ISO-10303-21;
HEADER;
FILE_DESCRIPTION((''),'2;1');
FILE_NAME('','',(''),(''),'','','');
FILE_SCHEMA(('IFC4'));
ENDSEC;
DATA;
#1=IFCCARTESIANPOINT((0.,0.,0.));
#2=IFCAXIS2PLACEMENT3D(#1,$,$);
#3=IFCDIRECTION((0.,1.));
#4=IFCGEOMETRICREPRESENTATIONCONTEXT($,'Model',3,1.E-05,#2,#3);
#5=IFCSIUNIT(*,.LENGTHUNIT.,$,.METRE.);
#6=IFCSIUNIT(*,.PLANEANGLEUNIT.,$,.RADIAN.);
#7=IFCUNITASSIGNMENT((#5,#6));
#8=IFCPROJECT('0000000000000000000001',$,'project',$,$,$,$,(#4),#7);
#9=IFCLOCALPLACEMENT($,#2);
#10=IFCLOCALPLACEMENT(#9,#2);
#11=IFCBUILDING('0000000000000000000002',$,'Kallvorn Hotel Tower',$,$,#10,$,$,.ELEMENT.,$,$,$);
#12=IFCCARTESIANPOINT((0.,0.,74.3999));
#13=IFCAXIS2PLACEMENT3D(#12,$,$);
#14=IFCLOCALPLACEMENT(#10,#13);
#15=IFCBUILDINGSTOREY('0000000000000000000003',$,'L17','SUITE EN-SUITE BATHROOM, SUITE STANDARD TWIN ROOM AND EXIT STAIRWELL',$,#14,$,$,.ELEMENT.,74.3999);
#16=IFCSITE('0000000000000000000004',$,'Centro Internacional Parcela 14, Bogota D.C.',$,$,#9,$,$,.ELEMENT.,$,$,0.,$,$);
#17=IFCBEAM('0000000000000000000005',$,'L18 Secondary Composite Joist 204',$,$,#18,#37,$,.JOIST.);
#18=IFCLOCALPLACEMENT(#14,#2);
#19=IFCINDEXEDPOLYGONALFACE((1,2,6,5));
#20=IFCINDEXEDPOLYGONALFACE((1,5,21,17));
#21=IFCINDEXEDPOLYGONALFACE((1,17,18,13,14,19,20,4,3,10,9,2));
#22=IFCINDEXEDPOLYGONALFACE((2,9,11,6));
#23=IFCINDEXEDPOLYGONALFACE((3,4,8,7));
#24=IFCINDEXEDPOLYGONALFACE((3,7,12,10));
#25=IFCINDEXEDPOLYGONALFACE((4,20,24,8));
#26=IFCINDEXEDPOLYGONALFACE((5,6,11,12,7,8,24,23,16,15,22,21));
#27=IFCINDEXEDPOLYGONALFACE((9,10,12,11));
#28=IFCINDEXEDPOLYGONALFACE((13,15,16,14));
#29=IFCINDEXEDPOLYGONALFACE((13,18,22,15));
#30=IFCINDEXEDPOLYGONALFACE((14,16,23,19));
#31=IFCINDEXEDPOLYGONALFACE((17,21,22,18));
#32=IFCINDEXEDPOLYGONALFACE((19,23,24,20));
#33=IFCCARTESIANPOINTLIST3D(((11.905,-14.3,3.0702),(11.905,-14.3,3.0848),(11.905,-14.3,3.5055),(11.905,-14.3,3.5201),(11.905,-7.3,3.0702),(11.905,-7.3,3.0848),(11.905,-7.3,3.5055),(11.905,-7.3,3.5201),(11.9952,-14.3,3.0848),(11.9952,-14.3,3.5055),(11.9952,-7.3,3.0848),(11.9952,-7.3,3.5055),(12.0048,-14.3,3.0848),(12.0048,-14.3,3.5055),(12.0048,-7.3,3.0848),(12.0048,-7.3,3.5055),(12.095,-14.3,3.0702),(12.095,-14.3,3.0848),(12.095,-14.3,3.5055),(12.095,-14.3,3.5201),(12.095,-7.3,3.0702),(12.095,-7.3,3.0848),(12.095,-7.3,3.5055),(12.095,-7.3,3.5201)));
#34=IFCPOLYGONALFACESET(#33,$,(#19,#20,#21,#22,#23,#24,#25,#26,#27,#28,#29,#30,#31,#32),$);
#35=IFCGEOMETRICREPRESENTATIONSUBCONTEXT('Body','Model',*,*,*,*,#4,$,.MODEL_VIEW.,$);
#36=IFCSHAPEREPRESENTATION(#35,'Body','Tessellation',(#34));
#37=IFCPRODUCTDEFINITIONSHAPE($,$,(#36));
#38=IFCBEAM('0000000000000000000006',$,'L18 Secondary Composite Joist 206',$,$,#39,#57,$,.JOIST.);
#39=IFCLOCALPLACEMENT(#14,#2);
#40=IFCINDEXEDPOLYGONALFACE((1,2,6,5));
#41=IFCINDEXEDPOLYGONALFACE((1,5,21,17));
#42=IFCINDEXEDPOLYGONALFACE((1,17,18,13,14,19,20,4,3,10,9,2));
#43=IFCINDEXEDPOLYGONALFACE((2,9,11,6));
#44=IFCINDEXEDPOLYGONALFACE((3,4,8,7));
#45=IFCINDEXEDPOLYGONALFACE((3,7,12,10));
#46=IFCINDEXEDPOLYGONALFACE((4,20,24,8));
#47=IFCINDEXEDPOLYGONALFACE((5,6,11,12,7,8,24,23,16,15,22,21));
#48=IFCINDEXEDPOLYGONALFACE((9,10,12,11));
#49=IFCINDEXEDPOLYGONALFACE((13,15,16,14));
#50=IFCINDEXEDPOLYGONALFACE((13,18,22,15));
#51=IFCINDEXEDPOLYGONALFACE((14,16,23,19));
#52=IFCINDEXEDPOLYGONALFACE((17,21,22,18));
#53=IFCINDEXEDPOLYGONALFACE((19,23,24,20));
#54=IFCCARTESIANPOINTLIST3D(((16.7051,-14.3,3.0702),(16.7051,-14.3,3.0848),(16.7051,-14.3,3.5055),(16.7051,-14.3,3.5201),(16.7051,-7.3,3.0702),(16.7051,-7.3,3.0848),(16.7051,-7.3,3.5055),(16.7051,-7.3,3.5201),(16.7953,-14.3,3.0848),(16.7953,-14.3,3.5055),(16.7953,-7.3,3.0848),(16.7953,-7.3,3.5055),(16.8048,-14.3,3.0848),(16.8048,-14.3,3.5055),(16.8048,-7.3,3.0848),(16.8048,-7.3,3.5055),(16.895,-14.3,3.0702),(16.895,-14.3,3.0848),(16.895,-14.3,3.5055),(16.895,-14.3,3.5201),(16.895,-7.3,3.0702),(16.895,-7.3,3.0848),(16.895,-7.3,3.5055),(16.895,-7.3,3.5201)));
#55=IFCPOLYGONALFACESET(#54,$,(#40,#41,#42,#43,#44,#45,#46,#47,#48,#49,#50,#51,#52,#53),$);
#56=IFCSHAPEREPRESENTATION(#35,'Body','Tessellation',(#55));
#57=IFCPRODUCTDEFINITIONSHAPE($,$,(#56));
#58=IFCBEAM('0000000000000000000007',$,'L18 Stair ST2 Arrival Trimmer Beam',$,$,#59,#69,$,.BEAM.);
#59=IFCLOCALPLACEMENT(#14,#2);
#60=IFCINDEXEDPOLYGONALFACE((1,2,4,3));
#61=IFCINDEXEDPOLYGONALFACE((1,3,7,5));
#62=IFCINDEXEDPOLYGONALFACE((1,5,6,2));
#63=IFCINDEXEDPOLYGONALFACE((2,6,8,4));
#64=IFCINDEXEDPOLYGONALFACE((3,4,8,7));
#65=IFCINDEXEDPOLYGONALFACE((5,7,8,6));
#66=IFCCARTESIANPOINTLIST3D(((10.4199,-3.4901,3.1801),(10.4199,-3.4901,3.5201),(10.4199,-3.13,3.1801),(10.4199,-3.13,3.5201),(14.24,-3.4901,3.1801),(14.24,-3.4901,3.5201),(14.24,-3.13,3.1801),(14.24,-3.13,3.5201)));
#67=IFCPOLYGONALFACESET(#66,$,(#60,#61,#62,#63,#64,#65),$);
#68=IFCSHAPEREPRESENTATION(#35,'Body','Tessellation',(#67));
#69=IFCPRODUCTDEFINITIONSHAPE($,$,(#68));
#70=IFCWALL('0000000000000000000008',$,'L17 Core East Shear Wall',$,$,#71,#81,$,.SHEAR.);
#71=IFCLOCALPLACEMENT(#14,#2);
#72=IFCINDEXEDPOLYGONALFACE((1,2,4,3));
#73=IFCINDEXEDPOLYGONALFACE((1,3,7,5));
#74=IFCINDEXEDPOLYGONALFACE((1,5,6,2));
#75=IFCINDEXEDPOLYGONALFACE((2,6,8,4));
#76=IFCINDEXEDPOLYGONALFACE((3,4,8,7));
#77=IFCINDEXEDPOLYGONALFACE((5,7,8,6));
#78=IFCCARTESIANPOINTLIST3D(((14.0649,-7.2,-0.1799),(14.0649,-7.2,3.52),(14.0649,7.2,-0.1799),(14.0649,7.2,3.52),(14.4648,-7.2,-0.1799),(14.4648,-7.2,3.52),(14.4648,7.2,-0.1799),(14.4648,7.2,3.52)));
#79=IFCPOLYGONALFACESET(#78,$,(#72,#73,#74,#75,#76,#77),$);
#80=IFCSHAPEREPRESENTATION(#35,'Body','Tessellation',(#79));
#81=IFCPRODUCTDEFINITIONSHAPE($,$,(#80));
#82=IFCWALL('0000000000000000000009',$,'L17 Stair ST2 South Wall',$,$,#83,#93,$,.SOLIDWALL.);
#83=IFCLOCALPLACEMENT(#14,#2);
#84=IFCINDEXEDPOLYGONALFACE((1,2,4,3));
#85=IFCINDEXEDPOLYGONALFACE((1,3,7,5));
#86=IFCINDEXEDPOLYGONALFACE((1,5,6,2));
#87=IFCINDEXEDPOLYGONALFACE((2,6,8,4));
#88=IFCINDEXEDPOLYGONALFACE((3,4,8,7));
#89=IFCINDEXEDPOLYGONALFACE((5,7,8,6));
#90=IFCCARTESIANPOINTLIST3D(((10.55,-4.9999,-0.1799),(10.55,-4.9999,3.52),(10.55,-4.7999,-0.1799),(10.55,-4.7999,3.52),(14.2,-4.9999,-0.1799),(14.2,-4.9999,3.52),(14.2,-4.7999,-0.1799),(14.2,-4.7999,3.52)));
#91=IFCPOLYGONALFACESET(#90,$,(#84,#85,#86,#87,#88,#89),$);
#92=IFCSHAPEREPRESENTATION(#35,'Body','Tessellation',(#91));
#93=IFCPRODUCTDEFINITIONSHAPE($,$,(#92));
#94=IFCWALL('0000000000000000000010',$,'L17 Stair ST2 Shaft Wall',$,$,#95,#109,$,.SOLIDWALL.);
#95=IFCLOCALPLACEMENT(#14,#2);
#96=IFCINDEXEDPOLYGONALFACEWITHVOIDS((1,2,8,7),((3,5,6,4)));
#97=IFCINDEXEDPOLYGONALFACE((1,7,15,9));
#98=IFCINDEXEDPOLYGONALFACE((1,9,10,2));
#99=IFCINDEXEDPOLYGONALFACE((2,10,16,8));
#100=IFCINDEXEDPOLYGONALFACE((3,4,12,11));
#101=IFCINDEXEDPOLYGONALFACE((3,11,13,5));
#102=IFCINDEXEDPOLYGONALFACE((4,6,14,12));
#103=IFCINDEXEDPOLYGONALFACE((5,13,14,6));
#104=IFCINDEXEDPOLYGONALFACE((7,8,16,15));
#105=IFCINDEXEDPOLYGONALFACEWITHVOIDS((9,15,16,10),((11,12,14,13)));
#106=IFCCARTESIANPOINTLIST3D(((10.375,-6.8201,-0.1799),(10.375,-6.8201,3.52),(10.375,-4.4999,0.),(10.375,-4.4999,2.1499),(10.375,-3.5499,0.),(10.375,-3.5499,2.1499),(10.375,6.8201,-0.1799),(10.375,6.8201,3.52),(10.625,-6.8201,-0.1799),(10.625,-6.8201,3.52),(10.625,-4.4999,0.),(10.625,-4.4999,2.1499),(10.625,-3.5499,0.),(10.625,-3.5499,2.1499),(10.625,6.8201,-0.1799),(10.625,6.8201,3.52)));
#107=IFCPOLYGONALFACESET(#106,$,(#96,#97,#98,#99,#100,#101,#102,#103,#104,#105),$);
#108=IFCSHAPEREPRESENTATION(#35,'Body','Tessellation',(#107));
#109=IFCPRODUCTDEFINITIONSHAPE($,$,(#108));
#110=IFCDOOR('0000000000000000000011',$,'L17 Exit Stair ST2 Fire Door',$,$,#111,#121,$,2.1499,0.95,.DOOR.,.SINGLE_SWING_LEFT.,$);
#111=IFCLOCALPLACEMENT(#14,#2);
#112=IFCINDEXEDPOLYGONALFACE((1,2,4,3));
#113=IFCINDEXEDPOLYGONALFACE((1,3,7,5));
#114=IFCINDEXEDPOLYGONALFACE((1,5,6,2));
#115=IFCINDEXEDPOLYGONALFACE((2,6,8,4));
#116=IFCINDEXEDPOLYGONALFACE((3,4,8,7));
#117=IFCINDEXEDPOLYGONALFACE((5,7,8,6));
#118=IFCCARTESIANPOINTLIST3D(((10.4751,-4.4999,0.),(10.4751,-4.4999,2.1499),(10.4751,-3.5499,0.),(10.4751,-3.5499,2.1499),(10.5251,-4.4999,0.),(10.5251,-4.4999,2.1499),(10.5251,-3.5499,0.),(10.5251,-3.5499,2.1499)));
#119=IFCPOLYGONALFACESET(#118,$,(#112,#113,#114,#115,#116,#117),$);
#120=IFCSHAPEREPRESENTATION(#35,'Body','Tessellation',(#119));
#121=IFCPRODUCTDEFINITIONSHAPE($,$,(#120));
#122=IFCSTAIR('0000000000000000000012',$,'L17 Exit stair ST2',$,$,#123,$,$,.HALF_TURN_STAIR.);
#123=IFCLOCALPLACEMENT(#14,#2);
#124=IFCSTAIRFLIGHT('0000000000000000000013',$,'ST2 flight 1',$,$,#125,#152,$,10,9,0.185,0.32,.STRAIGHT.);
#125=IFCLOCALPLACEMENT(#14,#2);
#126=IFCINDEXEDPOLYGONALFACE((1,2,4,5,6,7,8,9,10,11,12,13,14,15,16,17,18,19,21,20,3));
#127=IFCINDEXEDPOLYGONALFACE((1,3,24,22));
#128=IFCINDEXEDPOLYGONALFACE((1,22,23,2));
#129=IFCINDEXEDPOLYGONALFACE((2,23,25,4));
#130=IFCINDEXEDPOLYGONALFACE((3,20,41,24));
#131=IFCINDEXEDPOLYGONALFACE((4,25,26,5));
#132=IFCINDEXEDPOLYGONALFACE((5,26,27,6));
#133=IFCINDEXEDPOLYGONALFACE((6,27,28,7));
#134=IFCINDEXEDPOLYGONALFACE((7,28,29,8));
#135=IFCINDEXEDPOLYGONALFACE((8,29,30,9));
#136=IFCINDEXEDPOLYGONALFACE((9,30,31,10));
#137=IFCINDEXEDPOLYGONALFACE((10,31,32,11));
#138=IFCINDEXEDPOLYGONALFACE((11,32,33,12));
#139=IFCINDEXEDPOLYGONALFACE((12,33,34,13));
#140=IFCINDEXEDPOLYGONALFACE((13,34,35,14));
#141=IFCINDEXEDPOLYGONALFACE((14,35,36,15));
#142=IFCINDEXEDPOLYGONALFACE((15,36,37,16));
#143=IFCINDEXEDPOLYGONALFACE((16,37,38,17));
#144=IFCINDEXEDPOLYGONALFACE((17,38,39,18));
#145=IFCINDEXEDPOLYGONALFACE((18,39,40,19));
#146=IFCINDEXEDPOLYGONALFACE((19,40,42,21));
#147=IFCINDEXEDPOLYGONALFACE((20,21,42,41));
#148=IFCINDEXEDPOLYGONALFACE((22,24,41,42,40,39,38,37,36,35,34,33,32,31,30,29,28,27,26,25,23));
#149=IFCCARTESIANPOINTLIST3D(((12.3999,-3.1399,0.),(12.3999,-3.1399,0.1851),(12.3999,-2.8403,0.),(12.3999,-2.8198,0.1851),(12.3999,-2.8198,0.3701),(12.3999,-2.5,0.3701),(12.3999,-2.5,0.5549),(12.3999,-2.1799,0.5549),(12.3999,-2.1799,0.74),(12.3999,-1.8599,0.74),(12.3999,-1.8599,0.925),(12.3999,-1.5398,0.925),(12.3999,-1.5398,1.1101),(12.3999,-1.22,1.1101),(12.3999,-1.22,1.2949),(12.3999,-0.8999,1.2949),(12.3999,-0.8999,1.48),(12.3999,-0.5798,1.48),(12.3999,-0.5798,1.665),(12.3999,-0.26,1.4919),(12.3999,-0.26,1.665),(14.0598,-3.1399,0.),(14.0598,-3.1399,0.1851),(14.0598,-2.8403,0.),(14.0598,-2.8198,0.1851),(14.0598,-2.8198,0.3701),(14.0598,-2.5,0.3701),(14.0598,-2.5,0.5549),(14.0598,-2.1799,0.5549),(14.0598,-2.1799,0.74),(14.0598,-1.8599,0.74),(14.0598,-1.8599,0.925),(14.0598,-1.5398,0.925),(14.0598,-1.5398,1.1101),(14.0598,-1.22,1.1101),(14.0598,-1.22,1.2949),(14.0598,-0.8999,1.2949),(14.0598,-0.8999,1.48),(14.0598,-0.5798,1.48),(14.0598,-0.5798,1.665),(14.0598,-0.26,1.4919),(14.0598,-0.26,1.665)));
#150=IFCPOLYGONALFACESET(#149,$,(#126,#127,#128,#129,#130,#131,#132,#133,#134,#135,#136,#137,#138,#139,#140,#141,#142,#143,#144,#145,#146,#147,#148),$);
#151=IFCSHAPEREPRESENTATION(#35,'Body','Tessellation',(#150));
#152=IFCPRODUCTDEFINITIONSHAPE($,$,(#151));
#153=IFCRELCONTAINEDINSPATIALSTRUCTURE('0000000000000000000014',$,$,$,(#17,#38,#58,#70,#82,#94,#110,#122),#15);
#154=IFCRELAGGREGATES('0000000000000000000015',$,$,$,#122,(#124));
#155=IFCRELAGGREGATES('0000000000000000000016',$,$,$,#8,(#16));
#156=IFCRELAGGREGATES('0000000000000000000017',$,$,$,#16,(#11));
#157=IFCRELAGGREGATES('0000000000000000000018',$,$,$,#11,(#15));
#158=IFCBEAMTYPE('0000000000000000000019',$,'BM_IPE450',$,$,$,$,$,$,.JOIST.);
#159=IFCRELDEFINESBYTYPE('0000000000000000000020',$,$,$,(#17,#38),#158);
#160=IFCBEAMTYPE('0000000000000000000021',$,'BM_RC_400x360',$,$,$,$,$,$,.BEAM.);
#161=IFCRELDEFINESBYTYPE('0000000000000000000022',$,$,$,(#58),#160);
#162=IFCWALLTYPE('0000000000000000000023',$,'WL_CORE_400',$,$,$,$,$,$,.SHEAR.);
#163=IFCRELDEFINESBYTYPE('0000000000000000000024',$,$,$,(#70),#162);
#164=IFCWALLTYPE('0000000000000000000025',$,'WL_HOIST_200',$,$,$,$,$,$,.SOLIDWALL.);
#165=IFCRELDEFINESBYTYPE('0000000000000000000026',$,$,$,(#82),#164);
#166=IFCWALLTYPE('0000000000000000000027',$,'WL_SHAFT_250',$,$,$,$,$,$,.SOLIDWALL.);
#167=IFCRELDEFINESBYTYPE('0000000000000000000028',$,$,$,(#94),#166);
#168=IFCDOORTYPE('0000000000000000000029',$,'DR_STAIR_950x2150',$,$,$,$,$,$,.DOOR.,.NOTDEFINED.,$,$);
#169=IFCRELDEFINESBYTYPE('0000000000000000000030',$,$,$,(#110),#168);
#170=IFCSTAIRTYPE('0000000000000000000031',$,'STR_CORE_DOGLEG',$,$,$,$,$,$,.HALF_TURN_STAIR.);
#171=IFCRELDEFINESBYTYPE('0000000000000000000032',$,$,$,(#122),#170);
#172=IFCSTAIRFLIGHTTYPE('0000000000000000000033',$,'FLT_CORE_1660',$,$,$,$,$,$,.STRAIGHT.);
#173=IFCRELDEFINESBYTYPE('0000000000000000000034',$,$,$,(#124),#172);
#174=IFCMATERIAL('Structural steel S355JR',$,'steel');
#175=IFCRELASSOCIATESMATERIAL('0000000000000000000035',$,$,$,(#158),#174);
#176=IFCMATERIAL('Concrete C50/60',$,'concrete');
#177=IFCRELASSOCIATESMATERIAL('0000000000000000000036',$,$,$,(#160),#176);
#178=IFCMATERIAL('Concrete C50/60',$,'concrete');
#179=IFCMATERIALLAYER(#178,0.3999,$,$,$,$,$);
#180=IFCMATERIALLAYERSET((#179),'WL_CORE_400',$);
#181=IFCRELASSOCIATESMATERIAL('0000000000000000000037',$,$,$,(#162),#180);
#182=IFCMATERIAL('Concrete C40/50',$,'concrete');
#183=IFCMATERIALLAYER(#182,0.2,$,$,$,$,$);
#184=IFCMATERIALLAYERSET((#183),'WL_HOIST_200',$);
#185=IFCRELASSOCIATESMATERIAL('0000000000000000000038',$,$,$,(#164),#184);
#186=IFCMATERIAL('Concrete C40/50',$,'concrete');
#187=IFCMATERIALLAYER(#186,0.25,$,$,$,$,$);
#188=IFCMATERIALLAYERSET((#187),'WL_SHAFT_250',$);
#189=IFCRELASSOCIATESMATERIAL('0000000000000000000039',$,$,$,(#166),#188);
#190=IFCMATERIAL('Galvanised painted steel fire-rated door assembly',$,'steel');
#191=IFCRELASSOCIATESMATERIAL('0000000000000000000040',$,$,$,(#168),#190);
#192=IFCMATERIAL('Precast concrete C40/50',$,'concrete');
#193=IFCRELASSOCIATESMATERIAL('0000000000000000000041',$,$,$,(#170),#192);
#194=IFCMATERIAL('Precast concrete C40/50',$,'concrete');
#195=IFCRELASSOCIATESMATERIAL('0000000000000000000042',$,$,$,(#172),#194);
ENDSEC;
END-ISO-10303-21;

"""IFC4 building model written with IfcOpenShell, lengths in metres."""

from ifc_helpers import new_model, si_unit, direction, frame, frame_2d, origin, origin_2d, place, context, subcontext, project, spatial, polyline, rectangle, i_section, outline, extrude, material, layer, layer_set, material_profile, profile_set, type_object, element, fill, aggregate, save


model = new_model("IFC4")

# Units and contexts
model_context = context("Model", 3, precision=1e-05, world=origin(), true_north=direction((0.0, 1.0)))
body_context = subcontext(model_context, "Body", "Model", "MODEL_VIEW")
ifc_project = project(units=[si_unit("LENGTHUNIT", "METRE"), si_unit("PLANEANGLEUNIT", "RADIAN")], contexts=[model_context])

# Site, building, storey
site_placement = place(None, origin())
site = spatial("IfcSite", under=ifc_project, at=site_placement, Name="Centro Internacional Parcela 14, Bogota D.C.", CompositionType="ELEMENT", RefElevation=0.0)
building_placement = place(site_placement, origin())
building = spatial("IfcBuilding", under=site, at=building_placement, Name="Kallvorn Hotel Tower", CompositionType="ELEMENT")
storey_placement = place(building_placement, frame((0.0, 0.0, 74.3999)))
storey = spatial("IfcBuildingStorey", under=building, at=storey_placement, Name="L17", Description="SUITE EN-SUITE BATHROOM, SUITE STANDARD TWIN ROOM AND EXIT STAIRWELL", CompositionType="ELEMENT", Elevation=74.3999)

# Beams
ifc_material_1 = material(Name="Structural steel S355JR", Category="steel")
ifc_material_profile_1 = material_profile(ifc_material_1, i_section(OverallWidth=0.1899, OverallDepth=0.45, WebThickness=0.0095, FlangeThickness=0.0146, at=origin_2d()), Name="IPE 450")
ifc_profile_set_1 = profile_set([ifc_material_profile_1], Name="Structural steel S355JR")
beam_type_1 = type_object("IfcBeamType", Name="BM_IPE450", PredefinedType="JOIST", material=ifc_profile_set_1)
for number, where, z_axis, x_axis, name in (
    (1, (12.0, -14.3, 3.2952), (0.0, 1.0, 0.0), (-1.0, 0.0, 0.0), "L18 Secondary Composite Joist 204"),
    (2, (16.8, -14.3, 3.2952), (0.0, 1.0, 0.0), (-1.0, 0.0, 0.0), "L18 Secondary Composite Joist 206"),
):
    element("IfcBeam", number, at=place(storey_placement, frame(where, z_axis=z_axis, x_axis=x_axis)), inside=storey, type_object=beam_type_1, Name=name, PredefinedType="JOIST", context=body_context, shape_type="SweptSolid", body=[
        extrude(i_section(OverallWidth=0.1899, OverallDepth=0.45, WebThickness=0.0095, FlangeThickness=0.0146, at=origin_2d()), origin(), (0.0, 0.0, 1.0), 7.0),
    ])
ifc_material_2 = material(Name="Concrete C50/60", Category="concrete")
ifc_material_profile_2 = material_profile(ifc_material_2, rectangle(XDim=0.3601, YDim=0.3401, at=origin_2d()), Name="RC 360x340")
ifc_profile_set_2 = profile_set([ifc_material_profile_2], Name="Concrete C50/60")
beam_type_2 = type_object("IfcBeamType", Name="BM_RC_400x360", PredefinedType="BEAM", material=ifc_profile_set_2)
beam_1_placement = place(storey_placement, frame((14.24, -3.3101, 3.3501), z_axis=(-1.0, 0.0, 0.0), x_axis=(0.0, -1.0, 0.0)))
element("IfcBeam", 3, at=beam_1_placement, inside=storey, type_object=beam_type_2, Name="L18 Stair ST2 Arrival Trimmer Beam", PredefinedType="BEAM", context=body_context, shape_type="SweptSolid", body=[
    extrude(rectangle(XDim=0.3601, YDim=0.3401, at=origin_2d()), origin(), (0.0, 0.0, 1.0), 3.8201),
])

# Walls
ifc_material_3 = material(Name="Concrete C50/60", Category="concrete")
ifc_layer_1 = layer(ifc_material_3, 0.3999)
ifc_layer_set_1 = layer_set([ifc_layer_1], Name="WL_CORE_400")
wall_type_1 = type_object("IfcWallType", Name="WL_CORE_400", PredefinedType="SHEAR", material=ifc_layer_set_1)
wall_1_placement = place(storey_placement, frame((14.2649, -7.2, -0.1799), z_axis=(0.0, 0.0, 1.0), x_axis=(0.0, 1.0, 0.0)))
element("IfcWall", 4, at=wall_1_placement, inside=storey, type_object=wall_type_1, Name="L17 Core East Shear Wall", PredefinedType="SHEAR", context=body_context, shape_type="SweptSolid", body=[
    extrude(rectangle(XDim=14.3999, YDim=0.3999, at=frame_2d((7.2, 0.0))), origin(), (0.0, 0.0, 1.0), 3.7),
])
ifc_material_4 = material(Name="Concrete C40/50", Category="concrete")
ifc_layer_2 = layer(ifc_material_4, 0.2)
ifc_layer_set_2 = layer_set([ifc_layer_2], Name="WL_HOIST_200")
wall_type_2 = type_object("IfcWallType", Name="WL_HOIST_200", PredefinedType="SOLIDWALL", material=ifc_layer_set_2)
wall_2_placement = place(storey_placement, frame((10.55, -4.8999, -0.1799), z_axis=(0.0, 0.0, 1.0), x_axis=(1.0, 0.0, 0.0)))
element("IfcWall", 5, at=wall_2_placement, inside=storey, type_object=wall_type_2, Name="L17 Stair ST2 South Wall", PredefinedType="SOLIDWALL", context=body_context, shape_type="SweptSolid", body=[
    extrude(rectangle(XDim=3.6499, YDim=0.2, at=frame_2d((1.825, 0.0))), origin(), (0.0, 0.0, 1.0), 3.7),
])

# Wall, opening, door
ifc_material_5 = material(Name="Concrete C40/50", Category="concrete")
ifc_layer_3 = layer(ifc_material_5, 0.25)
ifc_layer_set_3 = layer_set([ifc_layer_3], Name="WL_SHAFT_250")
wall_type_3 = type_object("IfcWallType", Name="WL_SHAFT_250", PredefinedType="SOLIDWALL", material=ifc_layer_set_3)
wall_3_placement = place(storey_placement, frame((10.5, -6.8201, -0.1799), z_axis=(0.0, 0.0, 1.0), x_axis=(0.0, 1.0, 0.0)))
wall_3 = element("IfcWall", 6, at=wall_3_placement, inside=storey, type_object=wall_type_3, Name="L17 Stair ST2 Shaft Wall", PredefinedType="SOLIDWALL", context=body_context, shape_type="SweptSolid", body=[
    extrude(rectangle(XDim=13.6401, YDim=0.25, at=frame_2d((6.8201, 0.0))), origin(), (0.0, 0.0, 1.0), 3.7),
])
opening_placement = place(wall_3_placement, frame((2.3201, 0.0, 0.1799)))
opening = element("IfcOpeningElement", 7, at=opening_placement, cuts=wall_3, PredefinedType="OPENING", context=body_context, shape_type="SweptSolid", body=[
    extrude(rectangle(XDim=0.95, YDim=2.1499, at=frame_2d((0.4751, 1.075))), frame((0.0, 0.1399, 0.0), z_axis=(0.0, -1.0, 0.0), x_axis=(1.0, 0.0, 0.0)), (0.0, 0.0, 1.0), 0.28),
])
ifc_material_6 = material(Name="Galvanised painted steel fire-rated door assembly", Category="steel")
door_type = type_object("IfcDoorType", Name="DR_STAIR_950x2150", OperationType="NOTDEFINED", PredefinedType="DOOR", material=ifc_material_6)
door_placement = place(opening_placement, origin())
door = element("IfcDoor", 8, at=door_placement, inside=storey, type_object=door_type, Name="L17 Exit Stair ST2 Fire Door", OperationType="SINGLE_SWING_LEFT", OverallHeight=2.1499, OverallWidth=0.95, PredefinedType="DOOR", context=body_context, shape_type="SweptSolid", body=[
    extrude(rectangle(XDim=0.95, YDim=2.1499, at=frame_2d((0.4751, 1.075))), frame((0.0, 0.0249, 0.0), z_axis=(0.0, -1.0, 0.0), x_axis=(1.0, 0.0, 0.0)), (0.0, 0.0, 1.0), 0.05),
])
fill(opening, door)

# Stair, stair flight
ifc_material_7 = material(Name="Precast concrete C40/50", Category="concrete")
stair_type = type_object("IfcStairType", Name="STR_CORE_DOGLEG", PredefinedType="HALF_TURN_STAIR", material=ifc_material_7)
stair_placement = place(storey_placement, origin())
stair = element("IfcStair", 9, at=stair_placement, inside=storey, type_object=stair_type, Name="L17 Exit stair ST2", PredefinedType="HALF_TURN_STAIR")
ifc_material_8 = material(Name="Precast concrete C40/50", Category="concrete")
stair_flight_type = type_object("IfcStairFlightType", Name="FLT_CORE_1660", PredefinedType="STRAIGHT", material=ifc_material_8)
stair_flight_placement = place(storey_placement, frame((13.23, -3.1399, 0.0), z_axis=(0.0, 0.0, 1.0), x_axis=(0.0, 1.0, 0.0)))
stair_flight = element("IfcStairFlight", 10, at=stair_flight_placement, type_object=stair_flight_type, Name="ST2 flight 1", NumberOfRisers=10, NumberOfTreads=9, PredefinedType="STRAIGHT", RiserHeight=0.185, TreadLength=0.32, context=body_context, shape_type="SweptSolid", body=[
    extrude(outline(polyline([(0.0, 0.0), (0.0, 0.1851), (0.3201, 0.1851), (0.3201, 0.3701), (0.6399, 0.3701), (0.6399, 0.5549), (0.96, 0.5549), (0.96, 0.74), (1.28, 0.74), (1.28, 0.925), (1.6001, 0.925), (1.6001, 1.1101), (1.9199, 1.1101), (1.9199, 1.2949), (2.24, 1.2949), (2.24, 1.48), (2.5601, 1.48), (2.5601, 1.665), (2.8799, 1.665), (2.8799, 1.8501), (2.8799, 1.4919), (0.2996, 0.0), (0.0, 0.0)])), frame((0.0, 0.8301, 0.0), z_axis=(0.0, -1.0, 0.0), x_axis=(1.0, 0.0, 0.0)), (0.0, 0.0, 1.0), 1.6599),
])
aggregate(stair, [stair_flight])

save(model, "model.ifc")
